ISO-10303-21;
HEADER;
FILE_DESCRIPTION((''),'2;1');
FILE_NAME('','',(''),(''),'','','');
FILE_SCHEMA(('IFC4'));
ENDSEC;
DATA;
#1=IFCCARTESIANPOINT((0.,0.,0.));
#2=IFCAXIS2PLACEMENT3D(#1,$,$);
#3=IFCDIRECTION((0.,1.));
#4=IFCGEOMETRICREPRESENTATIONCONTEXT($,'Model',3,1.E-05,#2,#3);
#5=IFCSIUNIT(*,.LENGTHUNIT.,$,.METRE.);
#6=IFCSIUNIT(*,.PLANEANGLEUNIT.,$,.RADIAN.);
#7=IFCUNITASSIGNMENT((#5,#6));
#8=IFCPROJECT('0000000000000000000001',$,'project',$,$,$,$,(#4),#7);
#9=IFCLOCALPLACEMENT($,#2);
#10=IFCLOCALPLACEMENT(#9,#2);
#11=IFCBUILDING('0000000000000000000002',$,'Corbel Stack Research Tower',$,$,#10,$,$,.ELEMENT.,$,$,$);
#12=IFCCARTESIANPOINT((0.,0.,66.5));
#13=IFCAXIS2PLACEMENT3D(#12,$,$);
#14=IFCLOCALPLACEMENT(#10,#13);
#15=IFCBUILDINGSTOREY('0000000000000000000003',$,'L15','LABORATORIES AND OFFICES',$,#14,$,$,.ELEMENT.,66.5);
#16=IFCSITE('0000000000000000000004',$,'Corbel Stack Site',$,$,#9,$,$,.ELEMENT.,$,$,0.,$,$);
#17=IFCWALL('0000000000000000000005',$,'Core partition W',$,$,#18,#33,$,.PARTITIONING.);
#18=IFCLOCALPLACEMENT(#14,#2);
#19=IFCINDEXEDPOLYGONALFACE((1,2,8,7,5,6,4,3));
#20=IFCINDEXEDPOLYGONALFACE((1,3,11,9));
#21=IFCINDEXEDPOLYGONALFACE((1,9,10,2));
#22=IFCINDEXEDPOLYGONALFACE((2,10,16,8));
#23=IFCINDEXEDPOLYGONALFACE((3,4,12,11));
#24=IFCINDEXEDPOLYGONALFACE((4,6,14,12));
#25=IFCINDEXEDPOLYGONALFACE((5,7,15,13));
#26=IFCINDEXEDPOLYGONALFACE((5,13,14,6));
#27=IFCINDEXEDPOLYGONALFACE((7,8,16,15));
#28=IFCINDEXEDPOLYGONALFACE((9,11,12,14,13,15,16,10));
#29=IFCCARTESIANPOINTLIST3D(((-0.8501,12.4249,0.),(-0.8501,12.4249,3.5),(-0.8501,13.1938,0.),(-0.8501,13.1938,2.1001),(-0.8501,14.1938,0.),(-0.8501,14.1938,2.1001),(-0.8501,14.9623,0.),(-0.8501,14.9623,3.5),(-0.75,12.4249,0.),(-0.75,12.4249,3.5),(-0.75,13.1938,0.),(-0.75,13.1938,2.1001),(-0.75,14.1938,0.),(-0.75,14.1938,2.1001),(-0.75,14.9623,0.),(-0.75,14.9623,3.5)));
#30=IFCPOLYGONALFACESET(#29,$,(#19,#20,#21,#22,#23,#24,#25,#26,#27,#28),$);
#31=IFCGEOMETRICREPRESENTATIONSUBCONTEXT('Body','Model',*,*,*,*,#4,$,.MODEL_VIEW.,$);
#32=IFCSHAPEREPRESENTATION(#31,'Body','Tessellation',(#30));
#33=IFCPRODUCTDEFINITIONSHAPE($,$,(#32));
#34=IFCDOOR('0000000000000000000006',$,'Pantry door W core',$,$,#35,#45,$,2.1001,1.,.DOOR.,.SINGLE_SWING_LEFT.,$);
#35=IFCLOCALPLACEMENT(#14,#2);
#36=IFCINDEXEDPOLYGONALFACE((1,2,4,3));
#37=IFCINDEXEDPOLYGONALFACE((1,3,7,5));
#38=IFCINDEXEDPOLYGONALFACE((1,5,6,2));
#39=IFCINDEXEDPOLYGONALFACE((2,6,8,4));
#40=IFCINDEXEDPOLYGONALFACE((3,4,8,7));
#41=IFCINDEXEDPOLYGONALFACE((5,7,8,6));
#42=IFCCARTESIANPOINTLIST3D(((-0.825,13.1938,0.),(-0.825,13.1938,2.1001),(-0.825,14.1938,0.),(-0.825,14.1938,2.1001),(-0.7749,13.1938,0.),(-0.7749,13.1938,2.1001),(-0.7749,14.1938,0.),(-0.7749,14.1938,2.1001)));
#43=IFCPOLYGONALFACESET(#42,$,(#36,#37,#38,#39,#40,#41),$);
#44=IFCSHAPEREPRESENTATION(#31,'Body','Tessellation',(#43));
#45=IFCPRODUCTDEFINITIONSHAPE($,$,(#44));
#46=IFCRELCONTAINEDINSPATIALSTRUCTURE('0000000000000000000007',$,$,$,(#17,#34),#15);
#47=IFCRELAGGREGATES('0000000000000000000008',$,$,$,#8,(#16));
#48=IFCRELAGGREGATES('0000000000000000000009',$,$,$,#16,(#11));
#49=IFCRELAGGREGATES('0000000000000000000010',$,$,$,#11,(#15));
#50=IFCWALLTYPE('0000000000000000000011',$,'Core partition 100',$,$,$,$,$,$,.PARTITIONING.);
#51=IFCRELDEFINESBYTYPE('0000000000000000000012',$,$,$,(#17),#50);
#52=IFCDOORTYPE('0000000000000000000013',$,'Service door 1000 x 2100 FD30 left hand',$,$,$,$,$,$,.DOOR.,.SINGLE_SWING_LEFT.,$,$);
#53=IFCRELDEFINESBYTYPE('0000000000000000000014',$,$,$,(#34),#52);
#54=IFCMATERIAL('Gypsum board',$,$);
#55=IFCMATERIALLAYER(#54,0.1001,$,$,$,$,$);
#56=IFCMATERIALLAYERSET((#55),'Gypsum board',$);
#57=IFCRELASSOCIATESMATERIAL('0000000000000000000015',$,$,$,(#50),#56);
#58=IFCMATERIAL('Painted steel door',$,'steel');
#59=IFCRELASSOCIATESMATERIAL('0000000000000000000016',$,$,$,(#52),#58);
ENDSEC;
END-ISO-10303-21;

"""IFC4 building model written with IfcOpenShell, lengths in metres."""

from ifc_helpers import new_model, si_unit, direction, frame, frame_2d, origin, place, context, subcontext, project, spatial, rectangle, extrude, material, layer, layer_set, type_object, element, fill, save


model = new_model("IFC4")

# Units and contexts
model_context = context("Model", 3, precision=1e-05, world=origin(), true_north=direction((0.0, 1.0)))
body_context = subcontext(model_context, "Body", "Model", "MODEL_VIEW")
ifc_project = project(units=[si_unit("LENGTHUNIT", "METRE"), si_unit("PLANEANGLEUNIT", "RADIAN")], contexts=[model_context])

# Site, building, storey
site_placement = place(None, origin())
site = spatial("IfcSite", under=ifc_project, at=site_placement, Name="Corbel Stack Site", CompositionType="ELEMENT", RefElevation=0.0)
building_placement = place(site_placement, origin())
building = spatial("IfcBuilding", under=site, at=building_placement, Name="Corbel Stack Research Tower", CompositionType="ELEMENT")
storey_placement = place(building_placement, frame((0.0, 0.0, 66.5)))
storey = spatial("IfcBuildingStorey", under=building, at=storey_placement, Name="L15", Description="LABORATORIES AND OFFICES", CompositionType="ELEMENT", Elevation=66.5)

# Shared definitions
ifc_material_1 = material(Name="Gypsum board")
ifc_layer_1 = layer(ifc_material_1, 0.1001)
ifc_layer_set_1 = layer_set([ifc_layer_1], Name="Gypsum board")
wall_type_1 = type_object("IfcWallType", Name="Core partition 100", PredefinedType="PARTITIONING", material=ifc_layer_set_1)

# Wall, opening, door
wall_1_placement = place(storey_placement, frame((-0.8, 12.425, 0.0), z_axis=(0.0, 0.0, 1.0), x_axis=(0.0, 1.0, 0.0)))
wall_1 = element("IfcWall", 1, at=wall_1_placement, inside=storey, type_object=wall_type_1, Name="Core partition W", PredefinedType="PARTITIONING", context=body_context, shape_type="SweptSolid", body=[
    extrude(rectangle(XDim=2.5374, YDim=0.1001, at=frame_2d((1.2686, 0.0))), origin(), (0.0, 0.0, 1.0), 3.5),
])
opening_1_placement = place(wall_1_placement, frame((0.7688, 0.0, 0.0)))
opening_1 = element("IfcOpeningElement", 2, at=opening_1_placement, cuts=wall_1, PredefinedType="OPENING", context=body_context, shape_type="SweptSolid", body=[
    extrude(rectangle(XDim=1.0, YDim=2.1001, at=frame_2d((0.5, 1.05))), frame((0.0, 0.0601, 0.0), z_axis=(0.0, -1.0, 0.0), x_axis=(1.0, 0.0, 0.0)), (0.0, 0.0, 1.0), 0.1201),
])
ifc_material_2 = material(Name="Painted steel door", Category="steel")
door_type_1 = type_object("IfcDoorType", Name="Service door 1000 x 2100 FD30 left hand", OperationType="SINGLE_SWING_LEFT", PredefinedType="DOOR", material=ifc_material_2)
door_1_placement = place(opening_1_placement, origin())
door_1 = element("IfcDoor", 3, at=door_1_placement, inside=storey, type_object=door_type_1, Name="Pantry door W core", OperationType="SINGLE_SWING_LEFT", OverallHeight=2.1001, OverallWidth=1.0, PredefinedType="DOOR", context=body_context, shape_type="SweptSolid", body=[
    extrude(rectangle(XDim=1.0, YDim=2.1001, at=frame_2d((0.5, 1.05))), frame((0.0, 0.0249, 0.0), z_axis=(0.0, -1.0, 0.0), x_axis=(1.0, 0.0, 0.0)), (0.0, 0.0, 1.0), 0.05),
])
fill(opening_1, door_1)

save(model, "model.ifc")
